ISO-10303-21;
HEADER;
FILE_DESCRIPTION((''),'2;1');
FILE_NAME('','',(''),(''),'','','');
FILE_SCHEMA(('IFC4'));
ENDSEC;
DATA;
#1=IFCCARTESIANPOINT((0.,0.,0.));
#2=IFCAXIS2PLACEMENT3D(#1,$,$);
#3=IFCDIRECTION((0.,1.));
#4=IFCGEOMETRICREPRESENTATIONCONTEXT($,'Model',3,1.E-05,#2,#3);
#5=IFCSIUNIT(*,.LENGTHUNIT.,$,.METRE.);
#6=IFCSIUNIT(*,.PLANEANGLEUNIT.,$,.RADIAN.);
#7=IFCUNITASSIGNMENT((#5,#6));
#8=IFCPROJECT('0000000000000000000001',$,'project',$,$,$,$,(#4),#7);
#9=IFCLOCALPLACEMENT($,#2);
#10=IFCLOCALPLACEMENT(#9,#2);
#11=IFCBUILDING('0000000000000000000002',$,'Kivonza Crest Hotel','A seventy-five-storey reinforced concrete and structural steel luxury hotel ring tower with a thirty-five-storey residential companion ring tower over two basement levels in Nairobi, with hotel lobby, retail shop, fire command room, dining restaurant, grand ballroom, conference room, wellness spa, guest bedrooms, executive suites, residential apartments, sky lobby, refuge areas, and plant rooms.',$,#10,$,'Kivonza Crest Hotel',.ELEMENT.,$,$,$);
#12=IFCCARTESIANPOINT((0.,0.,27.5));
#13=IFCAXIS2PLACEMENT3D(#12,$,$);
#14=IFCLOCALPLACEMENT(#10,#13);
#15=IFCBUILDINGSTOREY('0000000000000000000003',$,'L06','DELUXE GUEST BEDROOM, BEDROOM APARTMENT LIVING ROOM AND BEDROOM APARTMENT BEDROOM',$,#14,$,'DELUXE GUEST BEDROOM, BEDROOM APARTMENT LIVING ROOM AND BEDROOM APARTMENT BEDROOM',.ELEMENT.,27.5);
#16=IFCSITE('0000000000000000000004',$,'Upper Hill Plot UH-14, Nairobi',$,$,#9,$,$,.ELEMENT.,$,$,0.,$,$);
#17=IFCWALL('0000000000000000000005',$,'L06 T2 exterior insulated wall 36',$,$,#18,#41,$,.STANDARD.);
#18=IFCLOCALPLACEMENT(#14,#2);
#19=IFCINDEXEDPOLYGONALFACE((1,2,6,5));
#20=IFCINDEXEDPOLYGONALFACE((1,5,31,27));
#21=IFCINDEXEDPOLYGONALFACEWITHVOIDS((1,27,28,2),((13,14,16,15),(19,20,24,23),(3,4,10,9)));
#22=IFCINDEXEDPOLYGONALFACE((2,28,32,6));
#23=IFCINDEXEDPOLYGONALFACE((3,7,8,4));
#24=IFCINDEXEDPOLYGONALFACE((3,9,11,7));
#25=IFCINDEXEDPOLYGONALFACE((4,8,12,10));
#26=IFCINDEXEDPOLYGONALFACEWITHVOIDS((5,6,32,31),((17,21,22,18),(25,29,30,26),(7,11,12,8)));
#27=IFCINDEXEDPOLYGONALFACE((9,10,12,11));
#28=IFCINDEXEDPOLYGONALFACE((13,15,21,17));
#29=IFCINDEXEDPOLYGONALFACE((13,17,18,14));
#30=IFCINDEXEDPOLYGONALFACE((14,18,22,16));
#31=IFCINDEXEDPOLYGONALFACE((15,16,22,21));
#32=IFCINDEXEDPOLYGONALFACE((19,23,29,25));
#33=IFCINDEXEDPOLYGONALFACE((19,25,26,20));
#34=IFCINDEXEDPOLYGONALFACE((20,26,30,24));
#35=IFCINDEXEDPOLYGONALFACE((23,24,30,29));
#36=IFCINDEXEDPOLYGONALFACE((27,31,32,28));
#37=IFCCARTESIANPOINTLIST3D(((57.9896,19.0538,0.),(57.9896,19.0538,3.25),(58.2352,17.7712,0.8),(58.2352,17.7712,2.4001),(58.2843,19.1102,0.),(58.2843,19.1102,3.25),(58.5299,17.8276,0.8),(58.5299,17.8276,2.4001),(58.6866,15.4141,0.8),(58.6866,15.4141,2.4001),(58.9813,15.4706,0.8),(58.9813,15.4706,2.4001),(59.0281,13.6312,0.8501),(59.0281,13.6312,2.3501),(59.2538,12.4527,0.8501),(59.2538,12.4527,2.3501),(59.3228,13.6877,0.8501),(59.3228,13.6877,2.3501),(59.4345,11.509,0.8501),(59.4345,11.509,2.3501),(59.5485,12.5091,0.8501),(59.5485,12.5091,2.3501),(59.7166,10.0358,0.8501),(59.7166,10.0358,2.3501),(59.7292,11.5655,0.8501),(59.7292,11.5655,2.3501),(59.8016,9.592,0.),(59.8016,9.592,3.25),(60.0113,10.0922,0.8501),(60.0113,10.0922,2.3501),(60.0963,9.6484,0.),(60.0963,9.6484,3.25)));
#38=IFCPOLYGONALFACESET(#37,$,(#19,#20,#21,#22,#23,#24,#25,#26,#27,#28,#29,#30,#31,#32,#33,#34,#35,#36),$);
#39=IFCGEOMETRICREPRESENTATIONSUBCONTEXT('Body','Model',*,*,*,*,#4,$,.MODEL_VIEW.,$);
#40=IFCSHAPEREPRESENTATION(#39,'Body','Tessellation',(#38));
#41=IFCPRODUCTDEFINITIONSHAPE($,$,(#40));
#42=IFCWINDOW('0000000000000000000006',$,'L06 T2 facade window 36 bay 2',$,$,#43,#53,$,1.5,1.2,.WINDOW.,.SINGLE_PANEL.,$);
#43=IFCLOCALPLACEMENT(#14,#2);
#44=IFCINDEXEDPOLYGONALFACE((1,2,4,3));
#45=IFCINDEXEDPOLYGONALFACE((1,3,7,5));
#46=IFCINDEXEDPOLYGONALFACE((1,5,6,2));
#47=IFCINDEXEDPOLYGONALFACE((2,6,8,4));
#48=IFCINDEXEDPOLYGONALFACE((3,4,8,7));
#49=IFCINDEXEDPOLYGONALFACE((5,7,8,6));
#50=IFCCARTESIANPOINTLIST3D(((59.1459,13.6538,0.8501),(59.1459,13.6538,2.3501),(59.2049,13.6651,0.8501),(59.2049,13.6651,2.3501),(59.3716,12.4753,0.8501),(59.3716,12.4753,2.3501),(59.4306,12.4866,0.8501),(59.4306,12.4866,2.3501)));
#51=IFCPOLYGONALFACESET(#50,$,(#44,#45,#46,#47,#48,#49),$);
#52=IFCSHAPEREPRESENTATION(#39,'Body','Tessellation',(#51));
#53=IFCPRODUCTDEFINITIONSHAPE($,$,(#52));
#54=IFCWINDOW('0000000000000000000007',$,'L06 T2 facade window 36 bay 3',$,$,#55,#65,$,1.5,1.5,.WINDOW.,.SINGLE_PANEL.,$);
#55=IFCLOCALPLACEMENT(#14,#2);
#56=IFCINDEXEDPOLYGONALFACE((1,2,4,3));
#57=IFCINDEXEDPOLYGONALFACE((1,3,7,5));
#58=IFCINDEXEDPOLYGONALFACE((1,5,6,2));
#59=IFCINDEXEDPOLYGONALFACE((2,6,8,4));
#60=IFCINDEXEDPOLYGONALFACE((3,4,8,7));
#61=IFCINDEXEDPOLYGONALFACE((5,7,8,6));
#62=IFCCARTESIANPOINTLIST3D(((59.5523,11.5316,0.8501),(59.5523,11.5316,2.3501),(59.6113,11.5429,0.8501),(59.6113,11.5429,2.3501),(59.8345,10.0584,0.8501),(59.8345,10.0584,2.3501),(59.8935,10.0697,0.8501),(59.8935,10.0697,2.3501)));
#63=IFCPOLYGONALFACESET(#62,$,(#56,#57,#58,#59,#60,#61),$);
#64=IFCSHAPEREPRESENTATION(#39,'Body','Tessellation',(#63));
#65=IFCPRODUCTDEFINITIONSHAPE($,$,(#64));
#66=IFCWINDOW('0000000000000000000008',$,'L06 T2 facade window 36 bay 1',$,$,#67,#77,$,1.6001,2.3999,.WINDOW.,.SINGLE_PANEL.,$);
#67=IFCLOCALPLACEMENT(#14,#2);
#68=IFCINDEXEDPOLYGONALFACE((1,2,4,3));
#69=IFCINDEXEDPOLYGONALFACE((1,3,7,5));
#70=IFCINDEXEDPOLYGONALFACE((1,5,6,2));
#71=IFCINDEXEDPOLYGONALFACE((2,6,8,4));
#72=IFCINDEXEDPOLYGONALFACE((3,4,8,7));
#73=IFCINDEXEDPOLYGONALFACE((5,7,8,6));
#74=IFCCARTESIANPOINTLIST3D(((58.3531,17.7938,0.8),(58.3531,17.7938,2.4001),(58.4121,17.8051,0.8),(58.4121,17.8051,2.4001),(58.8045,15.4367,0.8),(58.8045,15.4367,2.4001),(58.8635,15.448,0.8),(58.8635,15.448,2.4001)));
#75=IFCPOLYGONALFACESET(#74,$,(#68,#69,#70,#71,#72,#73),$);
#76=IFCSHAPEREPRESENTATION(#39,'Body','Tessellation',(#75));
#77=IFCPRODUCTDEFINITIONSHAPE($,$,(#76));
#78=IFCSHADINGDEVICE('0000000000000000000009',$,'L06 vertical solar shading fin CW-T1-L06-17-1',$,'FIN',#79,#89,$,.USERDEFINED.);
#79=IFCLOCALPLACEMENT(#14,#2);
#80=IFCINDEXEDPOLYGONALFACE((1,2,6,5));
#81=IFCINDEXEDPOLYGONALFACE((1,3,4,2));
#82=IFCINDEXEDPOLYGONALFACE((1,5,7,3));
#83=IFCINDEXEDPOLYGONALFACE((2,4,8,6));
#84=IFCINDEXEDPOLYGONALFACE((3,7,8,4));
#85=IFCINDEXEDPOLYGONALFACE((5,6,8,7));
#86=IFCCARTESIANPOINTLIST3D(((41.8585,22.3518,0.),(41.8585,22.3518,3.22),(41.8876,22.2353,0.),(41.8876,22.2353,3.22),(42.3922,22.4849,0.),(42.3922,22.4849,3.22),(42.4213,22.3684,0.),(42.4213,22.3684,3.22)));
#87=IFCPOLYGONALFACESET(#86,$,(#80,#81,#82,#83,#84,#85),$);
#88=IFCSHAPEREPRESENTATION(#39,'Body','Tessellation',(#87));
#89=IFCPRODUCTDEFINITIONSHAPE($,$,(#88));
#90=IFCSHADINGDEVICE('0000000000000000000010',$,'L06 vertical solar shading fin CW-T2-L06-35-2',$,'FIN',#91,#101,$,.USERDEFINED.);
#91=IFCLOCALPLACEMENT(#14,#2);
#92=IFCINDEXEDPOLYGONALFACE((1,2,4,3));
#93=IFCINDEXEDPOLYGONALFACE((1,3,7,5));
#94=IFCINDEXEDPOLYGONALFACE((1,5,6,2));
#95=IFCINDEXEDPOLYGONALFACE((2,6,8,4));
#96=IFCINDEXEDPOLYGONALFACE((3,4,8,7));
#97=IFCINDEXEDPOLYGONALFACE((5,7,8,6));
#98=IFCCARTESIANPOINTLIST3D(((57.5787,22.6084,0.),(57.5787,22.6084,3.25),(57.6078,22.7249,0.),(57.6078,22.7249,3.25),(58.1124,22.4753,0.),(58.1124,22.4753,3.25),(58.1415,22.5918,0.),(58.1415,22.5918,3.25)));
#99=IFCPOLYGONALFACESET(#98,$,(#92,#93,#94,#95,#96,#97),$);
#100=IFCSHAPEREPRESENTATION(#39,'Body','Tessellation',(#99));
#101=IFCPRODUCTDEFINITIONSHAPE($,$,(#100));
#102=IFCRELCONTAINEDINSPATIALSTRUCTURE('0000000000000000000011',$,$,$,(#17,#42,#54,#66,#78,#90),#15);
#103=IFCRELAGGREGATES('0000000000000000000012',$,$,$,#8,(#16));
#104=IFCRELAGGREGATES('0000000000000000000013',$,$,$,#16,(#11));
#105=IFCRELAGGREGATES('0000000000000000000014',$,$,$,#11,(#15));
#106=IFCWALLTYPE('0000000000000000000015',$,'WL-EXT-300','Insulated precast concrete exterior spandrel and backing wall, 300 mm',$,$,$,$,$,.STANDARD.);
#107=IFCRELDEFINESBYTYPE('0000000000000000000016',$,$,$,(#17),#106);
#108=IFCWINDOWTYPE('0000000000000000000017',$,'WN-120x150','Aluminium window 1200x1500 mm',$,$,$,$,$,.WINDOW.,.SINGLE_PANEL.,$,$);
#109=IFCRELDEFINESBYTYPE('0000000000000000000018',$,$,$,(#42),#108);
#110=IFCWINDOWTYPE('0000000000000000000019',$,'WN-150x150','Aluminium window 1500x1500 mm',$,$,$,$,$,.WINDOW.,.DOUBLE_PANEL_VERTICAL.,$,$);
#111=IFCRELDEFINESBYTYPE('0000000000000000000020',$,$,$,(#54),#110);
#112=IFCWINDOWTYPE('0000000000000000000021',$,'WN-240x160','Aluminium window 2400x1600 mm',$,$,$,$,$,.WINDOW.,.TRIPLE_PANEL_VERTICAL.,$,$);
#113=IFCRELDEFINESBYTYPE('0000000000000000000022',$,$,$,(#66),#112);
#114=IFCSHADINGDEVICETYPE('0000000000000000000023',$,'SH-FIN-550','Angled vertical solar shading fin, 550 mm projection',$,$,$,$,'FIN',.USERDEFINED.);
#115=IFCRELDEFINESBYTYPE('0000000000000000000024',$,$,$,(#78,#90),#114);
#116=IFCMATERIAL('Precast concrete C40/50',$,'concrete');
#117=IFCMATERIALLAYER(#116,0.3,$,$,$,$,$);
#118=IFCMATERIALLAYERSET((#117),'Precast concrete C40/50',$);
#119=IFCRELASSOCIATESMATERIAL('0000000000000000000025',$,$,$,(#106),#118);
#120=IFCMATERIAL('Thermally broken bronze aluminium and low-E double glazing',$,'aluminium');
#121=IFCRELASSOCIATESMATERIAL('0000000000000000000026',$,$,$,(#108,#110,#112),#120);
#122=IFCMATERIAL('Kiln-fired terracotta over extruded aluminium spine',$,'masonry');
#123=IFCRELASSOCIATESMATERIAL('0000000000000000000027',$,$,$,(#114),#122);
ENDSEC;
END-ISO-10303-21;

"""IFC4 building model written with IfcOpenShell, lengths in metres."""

from ifc_helpers import new_model, si_unit, direction, frame, frame_2d, origin, origin_2d, place, context, subcontext, project, spatial, rectangle, extrude, material, layer, layer_set, type_object, element, fill, save


model = new_model("IFC4")

# Units and contexts
model_context = context("Model", 3, precision=1e-05, world=origin(), true_north=direction((0.0, 1.0)))
body_context = subcontext(model_context, "Body", "Model", "MODEL_VIEW")
ifc_project = project(units=[si_unit("LENGTHUNIT", "METRE"), si_unit("PLANEANGLEUNIT", "RADIAN")], contexts=[model_context])

# Site, building, storey
site_placement = place(None, origin())
site = spatial("IfcSite", under=ifc_project, at=site_placement, Name="Upper Hill Plot UH-14, Nairobi", CompositionType="ELEMENT", RefElevation=0.0)
building_placement = place(site_placement, origin())
building = spatial("IfcBuilding", under=site, at=building_placement, Name="Kivonza Crest Hotel", Description="A seventy-five-storey reinforced concrete and structural steel luxury hotel ring tower with a thirty-five-storey residential companion ring tower over two basement levels in Nairobi, with hotel lobby, retail shop, fire command room, dining restaurant, grand ballroom, conference room, wellness spa, guest bedrooms, executive suites, residential apartments, sky lobby, refuge areas, and plant rooms.", LongName="Kivonza Crest Hotel", CompositionType="ELEMENT")
storey_placement = place(building_placement, frame((0.0, 0.0, 27.5)))
storey = spatial("IfcBuildingStorey", under=building, at=storey_placement, Name="L06", Description="DELUXE GUEST BEDROOM, BEDROOM APARTMENT LIVING ROOM AND BEDROOM APARTMENT BEDROOM", LongName="DELUXE GUEST BEDROOM, BEDROOM APARTMENT LIVING ROOM AND BEDROOM APARTMENT BEDROOM", CompositionType="ELEMENT", Elevation=27.5)

# Shared definitions
ifc_material_1 = material(Name="Precast concrete C40/50", Category="concrete")
ifc_layer_1 = layer(ifc_material_1, 0.3)
ifc_layer_set_1 = layer_set([ifc_layer_1], Name="Precast concrete C40/50")
wall_type_1 = type_object("IfcWallType", Name="WL-EXT-300", Description="Insulated precast concrete exterior spandrel and backing wall, 300 mm", PredefinedType="STANDARD", material=ifc_layer_set_1)

# Wall, openings, windows
wall_1_placement = place(storey_placement, frame((58.137, 19.082, 0.0), z_axis=(0.0, 0.0, 1.0), x_axis=(0.188088, -0.982152, 0.0)))
wall_1 = element("IfcWall", 1, at=wall_1_placement, inside=storey, type_object=wall_type_1, Name="L06 T2 exterior insulated wall 36", PredefinedType="STANDARD", context=body_context, shape_type="SweptSolid", body=[
    extrude(rectangle(XDim=9.6338, YDim=0.3, at=frame_2d((4.8169, 0.0))), origin(), (0.0, 0.0, 1.0), 3.25),
])
opening_1_placement = place(wall_1_placement, frame((1.3059, 0.0, 0.8)))
opening_1 = element("IfcOpeningElement", 2, at=opening_1_placement, cuts=wall_1, PredefinedType="OPENING", context=body_context, shape_type="SweptSolid", body=[
    extrude(rectangle(XDim=2.3999, YDim=1.6001, at=frame_2d((1.2, 0.8))), frame((0.0, 0.1602, 0.0), z_axis=(0.0, -1.0, 0.0), x_axis=(1.0, 0.0, 0.0)), (0.0, 0.0, 1.0), 0.3201),
])
opening_2_placement = place(wall_1_placement, frame((5.521, 0.0, 0.8501)))
opening_2 = element("IfcOpeningElement", 3, at=opening_2_placement, cuts=wall_1, PredefinedType="OPENING", context=body_context, shape_type="SweptSolid", body=[
    extrude(rectangle(XDim=1.2, YDim=1.5, at=frame_2d((0.6001, 0.75))), frame((0.0, 0.1602, 0.0), z_axis=(0.0, -1.0, 0.0), x_axis=(1.0, 0.0, 0.0)), (0.0, 0.0, 1.0), 0.3201),
])
opening_3_placement = place(wall_1_placement, frame((7.6819, 0.0, 0.8501)))
opening_3 = element("IfcOpeningElement", 4, at=opening_3_placement, cuts=wall_1, PredefinedType="OPENING", context=body_context, shape_type="SweptSolid", body=[
    extrude(rectangle(XDim=1.5, YDim=1.5, at=frame_2d((0.75, 0.75))), frame((0.0, 0.1602, 0.0), z_axis=(0.0, -1.0, 0.0), x_axis=(1.0, 0.0, 0.0)), (0.0, 0.0, 1.0), 0.3201),
])
ifc_material_2 = material(Name="Thermally broken bronze aluminium and low-E double glazing", Category="aluminium")
window_type_1 = type_object("IfcWindowType", Name="WN-120x150", Description="Aluminium window 1200x1500 mm", PartitioningType="SINGLE_PANEL", PredefinedType="WINDOW", material=ifc_material_2)
window_1_placement = place(opening_2_placement, origin())
window_1 = element("IfcWindow", 5, at=window_1_placement, inside=storey, type_object=window_type_1, Name="L06 T2 facade window 36 bay 2", OverallHeight=1.5, OverallWidth=1.2, PartitioningType="SINGLE_PANEL", PredefinedType="WINDOW", context=body_context, shape_type="SweptSolid", body=[
    extrude(rectangle(XDim=1.2, YDim=1.5, at=frame_2d((0.6001, 0.75))), frame((0.0, 0.03, 0.0), z_axis=(0.0, -1.0, 0.0), x_axis=(1.0, 0.0, 0.0)), (0.0, 0.0, 1.0), 0.0601),
])
fill(opening_2, window_1)
window_type_2 = type_object("IfcWindowType", Name="WN-150x150", Description="Aluminium window 1500x1500 mm", PartitioningType="DOUBLE_PANEL_VERTICAL", PredefinedType="WINDOW", material=ifc_material_2)
window_2_placement = place(opening_3_placement, origin())
window_2 = element("IfcWindow", 6, at=window_2_placement, inside=storey, type_object=window_type_2, Name="L06 T2 facade window 36 bay 3", OverallHeight=1.5, OverallWidth=1.5, PartitioningType="SINGLE_PANEL", PredefinedType="WINDOW", context=body_context, shape_type="SweptSolid", body=[
    extrude(rectangle(XDim=1.5, YDim=1.5, at=frame_2d((0.75, 0.75))), frame((0.0, 0.03, 0.0), z_axis=(0.0, -1.0, 0.0), x_axis=(1.0, 0.0, 0.0)), (0.0, 0.0, 1.0), 0.0601),
])
fill(opening_3, window_2)
window_type_3 = type_object("IfcWindowType", Name="WN-240x160", Description="Aluminium window 2400x1600 mm", PartitioningType="TRIPLE_PANEL_VERTICAL", PredefinedType="WINDOW", material=ifc_material_2)
window_3_placement = place(opening_1_placement, origin())
window_3 = element("IfcWindow", 7, at=window_3_placement, inside=storey, type_object=window_type_3, Name="L06 T2 facade window 36 bay 1", OverallHeight=1.6001, OverallWidth=2.3999, PartitioningType="SINGLE_PANEL", PredefinedType="WINDOW", context=body_context, shape_type="SweptSolid", body=[
    extrude(rectangle(XDim=2.3999, YDim=1.6001, at=frame_2d((1.2, 0.8))), frame((0.0, 0.03, 0.0), z_axis=(0.0, -1.0, 0.0), x_axis=(1.0, 0.0, 0.0)), (0.0, 0.0, 1.0), 0.0601),
])
fill(opening_1, window_3)

# Shading devices
ifc_material_3 = material(Name="Kiln-fired terracotta over extruded aluminium spine", Category="masonry")
shading_device_type = type_object("IfcShadingDeviceType", Name="SH-FIN-550", Description="Angled vertical solar shading fin, 550 mm projection", ElementType="FIN", PredefinedType="USERDEFINED", material=ifc_material_3)
shading_device_1_placement = place(storey_placement, frame((42.1399, 22.3601, 0.0), z_axis=(0.0, 0.0, 1.0), x_axis=(-0.241922, 0.970296, 0.0)))
element("IfcShadingDevice", 8, at=shading_device_1_placement, inside=storey, type_object=shading_device_type, Name="L06 vertical solar shading fin CW-T1-L06-17-1", ObjectType="FIN", PredefinedType="USERDEFINED", context=body_context, shape_type="SweptSolid", body=[
    extrude(rectangle(XDim=0.1201, YDim=0.55, at=origin_2d()), origin(), (0.0, 0.0, 1.0), 3.22),
])
shading_device_2_placement = place(storey_placement, frame((57.8601, 22.6001, 0.0), z_axis=(0.0, 0.0, 1.0), x_axis=(-0.241922, -0.970296, 0.0)))
element("IfcShadingDevice", 9, at=shading_device_2_placement, inside=storey, type_object=shading_device_type, Name="L06 vertical solar shading fin CW-T2-L06-35-2", ObjectType="FIN", PredefinedType="USERDEFINED", context=body_context, shape_type="SweptSolid", body=[
    extrude(rectangle(XDim=0.1201, YDim=0.55, at=origin_2d()), origin(), (0.0, 0.0, 1.0), 3.25),
])

save(model, "model.ifc")
